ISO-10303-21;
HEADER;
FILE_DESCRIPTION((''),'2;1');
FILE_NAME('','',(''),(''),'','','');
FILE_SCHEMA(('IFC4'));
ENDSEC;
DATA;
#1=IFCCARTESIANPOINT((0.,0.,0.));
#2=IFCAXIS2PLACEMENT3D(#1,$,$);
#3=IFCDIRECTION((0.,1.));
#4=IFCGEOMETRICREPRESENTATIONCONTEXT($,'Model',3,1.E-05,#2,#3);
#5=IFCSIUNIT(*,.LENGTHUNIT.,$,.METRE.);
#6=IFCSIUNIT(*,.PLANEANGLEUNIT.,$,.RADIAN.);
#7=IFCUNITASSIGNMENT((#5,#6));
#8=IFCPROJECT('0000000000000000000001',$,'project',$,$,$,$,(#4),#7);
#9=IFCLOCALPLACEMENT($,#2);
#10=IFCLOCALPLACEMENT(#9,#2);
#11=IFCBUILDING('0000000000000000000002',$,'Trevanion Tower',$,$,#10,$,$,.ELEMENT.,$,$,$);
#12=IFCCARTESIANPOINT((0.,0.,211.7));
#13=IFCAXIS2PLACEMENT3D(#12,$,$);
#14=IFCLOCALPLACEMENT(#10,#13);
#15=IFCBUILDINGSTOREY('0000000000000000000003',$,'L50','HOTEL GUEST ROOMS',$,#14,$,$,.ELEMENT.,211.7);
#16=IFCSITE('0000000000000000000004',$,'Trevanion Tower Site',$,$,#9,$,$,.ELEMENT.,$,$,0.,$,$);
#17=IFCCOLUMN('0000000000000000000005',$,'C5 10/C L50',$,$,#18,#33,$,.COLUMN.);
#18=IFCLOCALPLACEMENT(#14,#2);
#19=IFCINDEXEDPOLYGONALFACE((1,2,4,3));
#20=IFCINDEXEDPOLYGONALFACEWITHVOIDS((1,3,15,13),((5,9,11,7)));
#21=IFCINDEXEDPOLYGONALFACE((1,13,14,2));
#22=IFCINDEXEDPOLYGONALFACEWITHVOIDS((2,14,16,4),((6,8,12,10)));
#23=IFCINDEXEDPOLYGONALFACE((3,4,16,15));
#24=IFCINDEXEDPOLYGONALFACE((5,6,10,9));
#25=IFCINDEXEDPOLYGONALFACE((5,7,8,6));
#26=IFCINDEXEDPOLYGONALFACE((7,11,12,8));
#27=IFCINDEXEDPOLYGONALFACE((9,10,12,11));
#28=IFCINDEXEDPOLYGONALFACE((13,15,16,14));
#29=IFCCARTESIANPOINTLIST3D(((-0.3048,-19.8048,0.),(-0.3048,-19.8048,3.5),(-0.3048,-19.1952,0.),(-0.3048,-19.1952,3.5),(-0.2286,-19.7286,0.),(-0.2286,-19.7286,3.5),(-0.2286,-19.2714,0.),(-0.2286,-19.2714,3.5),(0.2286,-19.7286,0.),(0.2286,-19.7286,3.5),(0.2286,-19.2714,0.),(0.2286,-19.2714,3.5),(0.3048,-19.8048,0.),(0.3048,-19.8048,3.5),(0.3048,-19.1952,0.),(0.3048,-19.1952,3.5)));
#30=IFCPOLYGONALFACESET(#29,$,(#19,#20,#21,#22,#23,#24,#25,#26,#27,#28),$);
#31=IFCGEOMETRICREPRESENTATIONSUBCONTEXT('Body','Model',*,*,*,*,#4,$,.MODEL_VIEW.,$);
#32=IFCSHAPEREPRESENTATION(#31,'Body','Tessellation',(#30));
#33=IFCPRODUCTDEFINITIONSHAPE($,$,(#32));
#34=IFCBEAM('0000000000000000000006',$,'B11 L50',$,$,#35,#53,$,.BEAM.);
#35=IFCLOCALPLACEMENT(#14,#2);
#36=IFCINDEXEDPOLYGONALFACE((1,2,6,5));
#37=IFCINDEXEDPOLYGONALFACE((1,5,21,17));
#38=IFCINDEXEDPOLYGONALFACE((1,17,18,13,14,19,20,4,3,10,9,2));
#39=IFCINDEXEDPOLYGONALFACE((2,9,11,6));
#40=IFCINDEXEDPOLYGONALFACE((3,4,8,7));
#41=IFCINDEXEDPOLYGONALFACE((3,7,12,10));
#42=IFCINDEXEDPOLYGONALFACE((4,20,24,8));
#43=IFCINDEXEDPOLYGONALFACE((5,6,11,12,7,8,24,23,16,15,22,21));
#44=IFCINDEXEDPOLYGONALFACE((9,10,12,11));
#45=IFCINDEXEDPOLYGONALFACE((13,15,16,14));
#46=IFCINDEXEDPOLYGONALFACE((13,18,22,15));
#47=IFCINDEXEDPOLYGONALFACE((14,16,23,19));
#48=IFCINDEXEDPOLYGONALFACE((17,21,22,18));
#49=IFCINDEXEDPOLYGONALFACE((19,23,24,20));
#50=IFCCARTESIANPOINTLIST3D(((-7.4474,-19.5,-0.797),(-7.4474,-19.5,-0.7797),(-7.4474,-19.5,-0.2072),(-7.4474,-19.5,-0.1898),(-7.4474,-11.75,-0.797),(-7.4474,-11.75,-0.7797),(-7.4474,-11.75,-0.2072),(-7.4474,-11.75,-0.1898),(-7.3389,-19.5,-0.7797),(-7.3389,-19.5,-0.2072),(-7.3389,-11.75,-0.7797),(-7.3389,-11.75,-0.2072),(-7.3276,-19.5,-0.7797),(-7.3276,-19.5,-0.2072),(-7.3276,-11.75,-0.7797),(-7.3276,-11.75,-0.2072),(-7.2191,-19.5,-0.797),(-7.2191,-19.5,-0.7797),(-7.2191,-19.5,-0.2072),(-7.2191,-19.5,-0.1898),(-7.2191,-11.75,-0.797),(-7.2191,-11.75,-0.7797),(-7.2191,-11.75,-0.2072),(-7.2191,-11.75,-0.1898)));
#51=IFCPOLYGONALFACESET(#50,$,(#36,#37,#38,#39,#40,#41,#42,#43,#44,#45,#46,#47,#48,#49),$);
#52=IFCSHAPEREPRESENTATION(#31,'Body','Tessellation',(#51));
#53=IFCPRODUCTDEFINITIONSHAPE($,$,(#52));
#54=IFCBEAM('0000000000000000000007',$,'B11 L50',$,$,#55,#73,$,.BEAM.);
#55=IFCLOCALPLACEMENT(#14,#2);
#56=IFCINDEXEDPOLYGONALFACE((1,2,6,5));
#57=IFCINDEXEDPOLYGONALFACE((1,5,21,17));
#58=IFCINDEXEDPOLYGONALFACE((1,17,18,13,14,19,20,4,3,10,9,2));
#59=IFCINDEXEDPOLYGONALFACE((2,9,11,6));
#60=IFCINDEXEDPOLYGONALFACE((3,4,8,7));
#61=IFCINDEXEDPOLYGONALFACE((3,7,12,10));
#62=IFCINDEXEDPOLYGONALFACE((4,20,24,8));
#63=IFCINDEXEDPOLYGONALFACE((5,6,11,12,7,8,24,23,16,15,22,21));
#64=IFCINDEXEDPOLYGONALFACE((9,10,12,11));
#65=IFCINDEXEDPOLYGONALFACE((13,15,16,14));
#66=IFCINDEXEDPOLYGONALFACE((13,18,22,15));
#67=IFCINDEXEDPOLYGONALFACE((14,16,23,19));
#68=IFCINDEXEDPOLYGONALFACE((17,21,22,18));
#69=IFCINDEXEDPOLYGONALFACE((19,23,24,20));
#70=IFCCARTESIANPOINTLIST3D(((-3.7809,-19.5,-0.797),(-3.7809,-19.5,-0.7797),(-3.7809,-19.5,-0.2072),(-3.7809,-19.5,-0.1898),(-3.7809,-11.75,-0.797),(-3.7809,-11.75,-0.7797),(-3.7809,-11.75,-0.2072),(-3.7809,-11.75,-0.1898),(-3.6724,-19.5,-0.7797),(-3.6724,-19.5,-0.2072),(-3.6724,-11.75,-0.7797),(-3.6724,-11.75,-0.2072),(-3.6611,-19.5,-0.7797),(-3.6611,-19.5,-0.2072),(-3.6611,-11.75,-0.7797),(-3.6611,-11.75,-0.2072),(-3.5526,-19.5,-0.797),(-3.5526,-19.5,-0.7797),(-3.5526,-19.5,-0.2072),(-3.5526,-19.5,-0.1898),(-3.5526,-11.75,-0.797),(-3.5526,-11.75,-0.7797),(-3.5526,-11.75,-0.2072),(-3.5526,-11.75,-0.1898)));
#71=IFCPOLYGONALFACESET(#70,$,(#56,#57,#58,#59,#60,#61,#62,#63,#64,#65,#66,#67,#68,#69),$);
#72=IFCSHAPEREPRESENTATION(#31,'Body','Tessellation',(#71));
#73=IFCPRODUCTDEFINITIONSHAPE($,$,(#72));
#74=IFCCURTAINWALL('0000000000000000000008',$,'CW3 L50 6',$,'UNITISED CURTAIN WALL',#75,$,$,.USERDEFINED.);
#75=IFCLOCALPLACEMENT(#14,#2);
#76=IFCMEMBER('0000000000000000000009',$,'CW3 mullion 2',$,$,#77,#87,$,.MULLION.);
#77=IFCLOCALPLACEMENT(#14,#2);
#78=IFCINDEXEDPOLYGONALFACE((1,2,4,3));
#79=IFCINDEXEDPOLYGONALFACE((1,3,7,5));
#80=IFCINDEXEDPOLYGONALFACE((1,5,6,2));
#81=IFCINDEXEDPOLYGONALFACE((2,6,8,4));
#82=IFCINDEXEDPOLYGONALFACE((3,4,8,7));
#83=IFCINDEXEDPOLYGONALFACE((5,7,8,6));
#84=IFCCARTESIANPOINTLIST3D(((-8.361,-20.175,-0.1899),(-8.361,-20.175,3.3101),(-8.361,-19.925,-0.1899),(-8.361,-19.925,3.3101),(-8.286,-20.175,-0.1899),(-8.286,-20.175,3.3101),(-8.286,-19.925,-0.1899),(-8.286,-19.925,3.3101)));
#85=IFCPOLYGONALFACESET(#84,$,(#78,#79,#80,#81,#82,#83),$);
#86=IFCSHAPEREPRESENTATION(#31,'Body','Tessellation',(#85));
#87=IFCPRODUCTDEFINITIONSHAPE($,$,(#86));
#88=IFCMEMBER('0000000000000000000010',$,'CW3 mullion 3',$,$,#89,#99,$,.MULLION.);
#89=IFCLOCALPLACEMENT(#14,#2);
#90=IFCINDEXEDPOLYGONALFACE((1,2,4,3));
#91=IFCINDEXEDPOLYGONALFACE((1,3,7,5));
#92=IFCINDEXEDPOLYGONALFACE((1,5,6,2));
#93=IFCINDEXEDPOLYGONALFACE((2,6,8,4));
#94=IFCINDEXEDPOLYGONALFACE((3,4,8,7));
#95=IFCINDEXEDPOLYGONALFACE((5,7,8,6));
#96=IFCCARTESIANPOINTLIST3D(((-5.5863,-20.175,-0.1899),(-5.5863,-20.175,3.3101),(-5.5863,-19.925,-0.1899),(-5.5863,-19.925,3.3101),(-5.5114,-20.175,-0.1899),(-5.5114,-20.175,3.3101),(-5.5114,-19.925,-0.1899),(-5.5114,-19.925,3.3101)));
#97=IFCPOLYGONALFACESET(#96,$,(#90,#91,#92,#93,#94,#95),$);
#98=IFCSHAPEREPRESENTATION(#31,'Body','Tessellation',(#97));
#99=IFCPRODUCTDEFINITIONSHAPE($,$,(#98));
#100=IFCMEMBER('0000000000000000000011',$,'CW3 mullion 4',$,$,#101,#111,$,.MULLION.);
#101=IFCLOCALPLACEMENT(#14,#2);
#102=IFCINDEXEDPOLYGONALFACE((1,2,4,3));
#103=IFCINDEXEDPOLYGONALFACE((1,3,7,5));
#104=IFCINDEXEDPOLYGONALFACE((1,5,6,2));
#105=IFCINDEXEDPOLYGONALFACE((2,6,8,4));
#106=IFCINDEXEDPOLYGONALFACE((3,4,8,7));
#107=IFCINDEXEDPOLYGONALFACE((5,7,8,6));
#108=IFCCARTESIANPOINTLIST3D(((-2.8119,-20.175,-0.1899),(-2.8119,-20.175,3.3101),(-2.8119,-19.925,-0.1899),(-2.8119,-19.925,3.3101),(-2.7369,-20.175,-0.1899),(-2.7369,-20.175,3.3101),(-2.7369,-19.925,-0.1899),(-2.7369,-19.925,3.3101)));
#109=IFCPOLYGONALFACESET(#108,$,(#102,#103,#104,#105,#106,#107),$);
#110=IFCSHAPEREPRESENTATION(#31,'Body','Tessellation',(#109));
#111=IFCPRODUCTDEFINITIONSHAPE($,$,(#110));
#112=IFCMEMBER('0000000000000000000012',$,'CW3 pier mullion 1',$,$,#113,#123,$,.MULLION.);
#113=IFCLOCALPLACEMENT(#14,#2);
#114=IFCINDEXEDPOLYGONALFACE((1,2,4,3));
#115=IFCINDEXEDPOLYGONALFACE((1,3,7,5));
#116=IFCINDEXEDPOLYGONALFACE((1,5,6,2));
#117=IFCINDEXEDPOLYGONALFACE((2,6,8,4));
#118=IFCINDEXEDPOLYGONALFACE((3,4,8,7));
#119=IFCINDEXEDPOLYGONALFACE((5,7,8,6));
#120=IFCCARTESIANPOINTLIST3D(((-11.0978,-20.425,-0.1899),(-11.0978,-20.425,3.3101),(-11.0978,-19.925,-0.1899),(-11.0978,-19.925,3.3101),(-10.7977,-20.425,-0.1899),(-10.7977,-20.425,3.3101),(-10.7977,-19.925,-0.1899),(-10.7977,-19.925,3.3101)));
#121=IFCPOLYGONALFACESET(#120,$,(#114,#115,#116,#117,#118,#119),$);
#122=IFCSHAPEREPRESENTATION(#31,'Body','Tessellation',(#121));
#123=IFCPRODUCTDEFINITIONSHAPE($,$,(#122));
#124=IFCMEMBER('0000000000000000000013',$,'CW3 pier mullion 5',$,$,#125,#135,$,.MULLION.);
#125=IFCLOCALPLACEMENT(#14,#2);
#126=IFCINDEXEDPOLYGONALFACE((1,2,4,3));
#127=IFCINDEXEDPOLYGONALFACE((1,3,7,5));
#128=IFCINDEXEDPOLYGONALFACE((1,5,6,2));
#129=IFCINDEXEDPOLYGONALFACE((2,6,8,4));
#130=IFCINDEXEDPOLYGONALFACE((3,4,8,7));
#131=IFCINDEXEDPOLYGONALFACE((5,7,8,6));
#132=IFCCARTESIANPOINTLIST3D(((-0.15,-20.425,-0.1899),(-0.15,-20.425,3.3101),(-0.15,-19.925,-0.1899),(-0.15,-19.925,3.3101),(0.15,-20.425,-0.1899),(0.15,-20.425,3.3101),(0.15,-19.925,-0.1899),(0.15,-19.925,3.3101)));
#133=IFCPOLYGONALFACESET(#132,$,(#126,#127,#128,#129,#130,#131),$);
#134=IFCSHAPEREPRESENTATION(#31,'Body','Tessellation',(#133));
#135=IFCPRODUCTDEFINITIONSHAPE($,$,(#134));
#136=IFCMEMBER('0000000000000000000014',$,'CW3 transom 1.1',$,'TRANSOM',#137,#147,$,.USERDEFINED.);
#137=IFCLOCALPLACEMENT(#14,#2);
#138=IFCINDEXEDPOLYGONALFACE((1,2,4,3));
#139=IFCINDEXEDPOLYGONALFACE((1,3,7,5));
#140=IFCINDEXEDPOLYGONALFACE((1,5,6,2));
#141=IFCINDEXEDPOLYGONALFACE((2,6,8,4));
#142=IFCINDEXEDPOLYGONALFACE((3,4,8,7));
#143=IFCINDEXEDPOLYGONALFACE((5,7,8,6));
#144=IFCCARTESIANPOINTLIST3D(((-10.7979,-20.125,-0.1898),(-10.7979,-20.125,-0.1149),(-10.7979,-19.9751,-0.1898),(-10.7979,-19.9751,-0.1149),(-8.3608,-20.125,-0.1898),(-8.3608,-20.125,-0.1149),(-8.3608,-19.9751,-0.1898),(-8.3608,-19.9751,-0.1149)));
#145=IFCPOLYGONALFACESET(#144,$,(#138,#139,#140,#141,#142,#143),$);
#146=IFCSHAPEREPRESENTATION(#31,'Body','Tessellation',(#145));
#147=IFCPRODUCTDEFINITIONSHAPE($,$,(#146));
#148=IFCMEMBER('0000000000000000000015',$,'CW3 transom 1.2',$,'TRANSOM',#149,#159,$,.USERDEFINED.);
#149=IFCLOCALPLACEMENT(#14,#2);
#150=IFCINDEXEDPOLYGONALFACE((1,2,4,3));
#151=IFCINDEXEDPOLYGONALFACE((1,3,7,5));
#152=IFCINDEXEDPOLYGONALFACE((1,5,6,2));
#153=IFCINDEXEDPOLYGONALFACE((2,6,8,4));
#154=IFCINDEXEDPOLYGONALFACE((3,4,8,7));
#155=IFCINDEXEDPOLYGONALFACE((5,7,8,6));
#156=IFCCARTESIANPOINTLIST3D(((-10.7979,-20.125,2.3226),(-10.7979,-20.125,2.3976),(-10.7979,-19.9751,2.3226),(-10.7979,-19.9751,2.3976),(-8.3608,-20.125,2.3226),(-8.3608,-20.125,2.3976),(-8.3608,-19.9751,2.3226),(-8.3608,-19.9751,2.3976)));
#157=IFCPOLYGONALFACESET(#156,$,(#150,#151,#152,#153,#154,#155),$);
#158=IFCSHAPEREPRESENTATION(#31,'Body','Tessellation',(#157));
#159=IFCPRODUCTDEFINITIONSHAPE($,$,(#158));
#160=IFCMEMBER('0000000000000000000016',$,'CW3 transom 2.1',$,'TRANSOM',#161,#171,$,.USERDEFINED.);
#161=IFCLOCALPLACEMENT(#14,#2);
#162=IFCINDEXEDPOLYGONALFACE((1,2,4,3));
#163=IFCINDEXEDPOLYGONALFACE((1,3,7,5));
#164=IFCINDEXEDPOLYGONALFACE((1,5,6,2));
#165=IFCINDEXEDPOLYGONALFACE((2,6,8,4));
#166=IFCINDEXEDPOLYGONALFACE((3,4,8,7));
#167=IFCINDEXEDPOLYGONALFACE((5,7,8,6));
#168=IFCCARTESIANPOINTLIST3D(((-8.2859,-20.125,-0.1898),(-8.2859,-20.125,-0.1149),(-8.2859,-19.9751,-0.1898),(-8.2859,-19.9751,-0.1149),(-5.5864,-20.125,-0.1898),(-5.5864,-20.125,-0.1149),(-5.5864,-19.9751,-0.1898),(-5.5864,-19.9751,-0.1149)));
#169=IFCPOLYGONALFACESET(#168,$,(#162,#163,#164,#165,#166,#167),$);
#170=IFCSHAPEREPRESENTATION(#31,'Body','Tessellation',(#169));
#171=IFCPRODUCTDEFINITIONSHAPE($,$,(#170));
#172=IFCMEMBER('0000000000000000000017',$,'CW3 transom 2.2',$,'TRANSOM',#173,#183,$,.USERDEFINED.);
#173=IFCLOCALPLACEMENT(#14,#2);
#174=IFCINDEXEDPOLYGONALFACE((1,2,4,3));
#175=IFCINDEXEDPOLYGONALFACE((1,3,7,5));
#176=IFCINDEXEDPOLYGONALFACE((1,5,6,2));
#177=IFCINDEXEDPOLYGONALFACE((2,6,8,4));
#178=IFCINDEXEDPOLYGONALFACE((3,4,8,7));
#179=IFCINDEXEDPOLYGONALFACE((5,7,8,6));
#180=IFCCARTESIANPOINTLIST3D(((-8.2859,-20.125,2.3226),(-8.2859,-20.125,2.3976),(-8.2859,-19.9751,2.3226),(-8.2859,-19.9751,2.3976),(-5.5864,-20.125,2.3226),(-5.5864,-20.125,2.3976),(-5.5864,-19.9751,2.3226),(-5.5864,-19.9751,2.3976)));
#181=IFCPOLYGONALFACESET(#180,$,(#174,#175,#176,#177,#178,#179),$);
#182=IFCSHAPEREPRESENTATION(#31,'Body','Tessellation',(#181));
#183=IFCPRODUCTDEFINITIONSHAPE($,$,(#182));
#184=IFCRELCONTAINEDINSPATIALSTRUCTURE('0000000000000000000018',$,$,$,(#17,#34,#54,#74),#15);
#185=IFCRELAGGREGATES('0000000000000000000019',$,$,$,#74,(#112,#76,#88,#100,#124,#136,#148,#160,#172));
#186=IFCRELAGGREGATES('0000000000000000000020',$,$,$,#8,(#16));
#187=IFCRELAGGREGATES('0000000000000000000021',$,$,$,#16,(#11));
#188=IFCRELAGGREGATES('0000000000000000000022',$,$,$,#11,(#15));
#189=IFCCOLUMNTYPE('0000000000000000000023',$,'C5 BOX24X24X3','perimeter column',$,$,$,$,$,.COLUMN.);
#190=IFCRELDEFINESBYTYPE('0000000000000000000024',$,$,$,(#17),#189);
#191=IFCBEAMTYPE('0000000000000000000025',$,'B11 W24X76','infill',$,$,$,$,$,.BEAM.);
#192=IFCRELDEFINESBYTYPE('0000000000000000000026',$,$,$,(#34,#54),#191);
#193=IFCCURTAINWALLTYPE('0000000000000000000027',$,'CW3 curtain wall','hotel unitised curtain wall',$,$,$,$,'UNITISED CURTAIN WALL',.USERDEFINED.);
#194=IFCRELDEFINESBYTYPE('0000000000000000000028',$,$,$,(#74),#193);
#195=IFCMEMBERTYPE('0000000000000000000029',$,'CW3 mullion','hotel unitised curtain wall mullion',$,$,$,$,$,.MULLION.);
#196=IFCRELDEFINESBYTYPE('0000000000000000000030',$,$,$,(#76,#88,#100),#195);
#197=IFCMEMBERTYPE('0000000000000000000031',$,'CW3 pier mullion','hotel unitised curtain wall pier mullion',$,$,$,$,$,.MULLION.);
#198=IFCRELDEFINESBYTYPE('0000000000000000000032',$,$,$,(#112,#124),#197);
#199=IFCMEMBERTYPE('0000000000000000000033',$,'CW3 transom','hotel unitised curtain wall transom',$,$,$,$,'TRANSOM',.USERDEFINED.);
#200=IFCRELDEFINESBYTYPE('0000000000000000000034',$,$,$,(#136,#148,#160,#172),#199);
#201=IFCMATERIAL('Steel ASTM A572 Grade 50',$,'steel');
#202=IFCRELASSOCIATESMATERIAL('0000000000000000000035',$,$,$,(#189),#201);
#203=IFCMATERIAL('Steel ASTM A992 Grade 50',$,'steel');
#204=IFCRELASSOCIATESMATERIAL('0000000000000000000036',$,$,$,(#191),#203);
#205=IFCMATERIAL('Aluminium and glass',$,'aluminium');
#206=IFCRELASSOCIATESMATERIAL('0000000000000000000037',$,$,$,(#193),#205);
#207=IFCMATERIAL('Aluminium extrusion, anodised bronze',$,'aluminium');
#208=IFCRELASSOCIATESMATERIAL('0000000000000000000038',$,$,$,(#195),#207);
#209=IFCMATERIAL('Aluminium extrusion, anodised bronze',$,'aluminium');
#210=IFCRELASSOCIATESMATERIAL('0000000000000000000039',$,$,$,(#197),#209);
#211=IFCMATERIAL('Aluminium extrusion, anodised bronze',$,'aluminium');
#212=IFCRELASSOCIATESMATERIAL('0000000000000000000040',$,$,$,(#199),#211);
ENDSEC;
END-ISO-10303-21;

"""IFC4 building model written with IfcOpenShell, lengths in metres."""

from ifc_helpers import new_model, si_unit, direction, frame, origin, origin_2d, place, context, subcontext, project, spatial, rectangle, hollow_rectangle, i_section, extrude, material, material_profile, profile_set, type_object, element, aggregate, save


model = new_model("IFC4")

# Units and contexts
model_context = context("Model", 3, precision=1e-05, world=origin(), true_north=direction((0.0, 1.0)))
body_context = subcontext(model_context, "Body", "Model", "MODEL_VIEW")
ifc_project = project(units=[si_unit("LENGTHUNIT", "METRE"), si_unit("PLANEANGLEUNIT", "RADIAN")], contexts=[model_context])

# Site, building, storey
site_placement = place(None, origin())
site = spatial("IfcSite", under=ifc_project, at=site_placement, Name="Trevanion Tower Site", CompositionType="ELEMENT", RefElevation=0.0)
building_placement = place(site_placement, origin())
building = spatial("IfcBuilding", under=site, at=building_placement, Name="Trevanion Tower", CompositionType="ELEMENT")
storey_placement = place(building_placement, frame((0.0, 0.0, 211.7)))
storey = spatial("IfcBuildingStorey", under=building, at=storey_placement, Name="L50", Description="HOTEL GUEST ROOMS", CompositionType="ELEMENT", Elevation=211.7)

# Column
ifc_material_1 = material(Name="Steel ASTM A572 Grade 50", Category="steel")
ifc_material_profile_1 = material_profile(ifc_material_1, hollow_rectangle(XDim=0.6096, YDim=0.6096, WallThickness=0.0762, at=origin_2d()), Name="BOX24X24X3")
ifc_profile_set_1 = profile_set([ifc_material_profile_1], Name="Steel ASTM A572 Grade 50")
column_type = type_object("IfcColumnType", Name="C5 BOX24X24X3", Description="perimeter column", PredefinedType="COLUMN", material=ifc_profile_set_1)
column_placement = place(storey_placement, frame((0.0, -19.5, 0.0), z_axis=(0.0, 0.0, 1.0), x_axis=(1.0, 0.0, 0.0)))
element("IfcColumn", 1, at=column_placement, inside=storey, type_object=column_type, Name="C5 10/C L50", PredefinedType="COLUMN", context=body_context, shape_type="SweptSolid", body=[
    extrude(hollow_rectangle(XDim=0.6096, YDim=0.6096, WallThickness=0.0762, at=origin_2d()), origin(), (0.0, 0.0, 1.0), 3.5),
])

# Beams
ifc_material_2 = material(Name="Steel ASTM A992 Grade 50", Category="steel")
ifc_material_profile_2 = material_profile(ifc_material_2, i_section(OverallWidth=0.2283, OverallDepth=0.6072, WebThickness=0.0112, FlangeThickness=0.0173, at=origin_2d()), Name="W24X76")
ifc_profile_set_2 = profile_set([ifc_material_profile_2], Name="Steel ASTM A992 Grade 50")
beam_type_1 = type_object("IfcBeamType", Name="B11 W24X76", Description="infill", PredefinedType="BEAM", material=ifc_profile_set_2)
for number, where, z_axis, x_axis, name in (
    (2, (-7.3333, -11.75, -0.4934), (0.0, -1.0, 0.0), (1.0, 0.0, 0.0), "B11 L50"),
    (3, (-3.6667, -11.75, -0.4934), (0.0, -1.0, 0.0), (1.0, 0.0, 0.0), "B11 L50"),
):
    element("IfcBeam", number, at=place(storey_placement, frame(where, z_axis=z_axis, x_axis=x_axis)), inside=storey, type_object=beam_type_1, Name=name, PredefinedType="BEAM", context=body_context, shape_type="SweptSolid", body=[
        extrude(i_section(OverallWidth=0.2283, OverallDepth=0.6072, WebThickness=0.0112, FlangeThickness=0.0173, at=origin_2d()), origin(), (0.0, 0.0, 1.0), 7.75),
    ])

# Curtain wall, members
ifc_material_3 = material(Name="Aluminium and glass", Category="aluminium")
curtain_wall_type = type_object("IfcCurtainWallType", Name="CW3 curtain wall", Description="hotel unitised curtain wall", ElementType="UNITISED CURTAIN WALL", PredefinedType="USERDEFINED", material=ifc_material_3)
curtain_wall_placement = place(storey_placement, origin())
curtain_wall = element("IfcCurtainWall", 4, at=curtain_wall_placement, inside=storey, type_object=curtain_wall_type, Name="CW3 L50 6", ObjectType="UNITISED CURTAIN WALL", PredefinedType="USERDEFINED")
ifc_material_4 = material(Name="Aluminium extrusion, anodised bronze", Category="aluminium")
ifc_material_profile_3 = material_profile(ifc_material_4, rectangle(XDim=0.075, YDim=0.25, at=origin_2d()), Name="CW3 mullion")
ifc_profile_set_3 = profile_set([ifc_material_profile_3], Name="Aluminium extrusion, anodised bronze")
member_type_1 = type_object("IfcMemberType", Name="CW3 mullion", Description="hotel unitised curtain wall mullion", PredefinedType="MULLION", material=ifc_profile_set_3)
member_1_placement = place(storey_placement, frame((-8.3235, -20.05, -0.1899), z_axis=(0.0, 0.0, 1.0), x_axis=(1.0, 0.0, 0.0)))
member_1 = element("IfcMember", 5, at=member_1_placement, type_object=member_type_1, Name="CW3 mullion 2", PredefinedType="MULLION", context=body_context, shape_type="SweptSolid", body=[
    extrude(rectangle(XDim=0.075, YDim=0.25, at=origin_2d()), origin(), (0.0, 0.0, 1.0), 3.5),
])
member_2_placement = place(storey_placement, frame((-5.5488, -20.05, -0.1899), z_axis=(0.0, 0.0, 1.0), x_axis=(1.0, 0.0, 0.0)))
member_2 = element("IfcMember", 6, at=member_2_placement, type_object=member_type_1, Name="CW3 mullion 3", PredefinedType="MULLION", context=body_context, shape_type="SweptSolid", body=[
    extrude(rectangle(XDim=0.075, YDim=0.25, at=origin_2d()), origin(), (0.0, 0.0, 1.0), 3.5),
])
member_3_placement = place(storey_placement, frame((-2.7744, -20.05, -0.1899), z_axis=(0.0, 0.0, 1.0), x_axis=(1.0, 0.0, 0.0)))
member_3 = element("IfcMember", 7, at=member_3_placement, type_object=member_type_1, Name="CW3 mullion 4", PredefinedType="MULLION", context=body_context, shape_type="SweptSolid", body=[
    extrude(rectangle(XDim=0.075, YDim=0.25, at=origin_2d()), origin(), (0.0, 0.0, 1.0), 3.5),
])
ifc_material_5 = material(Name="Aluminium extrusion, anodised bronze", Category="aluminium")
ifc_material_profile_4 = material_profile(ifc_material_5, rectangle(XDim=0.3, YDim=0.5, at=origin_2d()), Name="CW3 pier mullion")
ifc_profile_set_4 = profile_set([ifc_material_profile_4], Name="Aluminium extrusion, anodised bronze")
member_type_2 = type_object("IfcMemberType", Name="CW3 pier mullion", Description="hotel unitised curtain wall pier mullion", PredefinedType="MULLION", material=ifc_profile_set_4)
member_4_placement = place(storey_placement, frame((-10.9478, -20.175, -0.1899), z_axis=(0.0, 0.0, 1.0), x_axis=(1.0, 0.0, 0.0)))
member_4 = element("IfcMember", 8, at=member_4_placement, type_object=member_type_2, Name="CW3 pier mullion 1", PredefinedType="MULLION", context=body_context, shape_type="SweptSolid", body=[
    extrude(rectangle(XDim=0.3, YDim=0.5, at=origin_2d()), origin(), (0.0, 0.0, 1.0), 3.5),
])
member_5_placement = place(storey_placement, frame((0.0, -20.175, -0.1899), z_axis=(0.0, 0.0, 1.0), x_axis=(1.0, 0.0, 0.0)))
member_5 = element("IfcMember", 9, at=member_5_placement, type_object=member_type_2, Name="CW3 pier mullion 5", PredefinedType="MULLION", context=body_context, shape_type="SweptSolid", body=[
    extrude(rectangle(XDim=0.3, YDim=0.5, at=origin_2d()), origin(), (0.0, 0.0, 1.0), 3.5),
])
ifc_material_6 = material(Name="Aluminium extrusion, anodised bronze", Category="aluminium")
ifc_material_profile_5 = material_profile(ifc_material_6, rectangle(XDim=0.1499, YDim=0.075, at=origin_2d()), Name="CW3 transom")
ifc_profile_set_5 = profile_set([ifc_material_profile_5], Name="Aluminium extrusion, anodised bronze")
member_type_3 = type_object("IfcMemberType", Name="CW3 transom", Description="hotel unitised curtain wall transom", ElementType="TRANSOM", PredefinedType="USERDEFINED", material=ifc_profile_set_5)
member_6_placement = place(storey_placement, frame((-10.7979, -20.05, -0.1523), z_axis=(1.0, 0.0, 0.0), x_axis=(0.0, 1.0, 0.0)))
member_6 = element("IfcMember", 10, at=member_6_placement, type_object=member_type_3, Name="CW3 transom 1.1", ObjectType="TRANSOM", PredefinedType="USERDEFINED", context=body_context, shape_type="SweptSolid", body=[
    extrude(rectangle(XDim=0.1499, YDim=0.075, at=origin_2d()), origin(), (0.0, 0.0, 1.0), 2.437),
])
member_7_placement = place(storey_placement, frame((-10.7979, -20.05, 2.3601), z_axis=(1.0, 0.0, 0.0), x_axis=(0.0, 1.0, 0.0)))
member_7 = element("IfcMember", 11, at=member_7_placement, type_object=member_type_3, Name="CW3 transom 1.2", ObjectType="TRANSOM", PredefinedType="USERDEFINED", context=body_context, shape_type="SweptSolid", body=[
    extrude(rectangle(XDim=0.1499, YDim=0.075, at=origin_2d()), origin(), (0.0, 0.0, 1.0), 2.437),
])
member_8_placement = place(storey_placement, frame((-8.2859, -20.05, -0.1523), z_axis=(1.0, 0.0, 0.0), x_axis=(0.0, 1.0, 0.0)))
member_8 = element("IfcMember", 12, at=member_8_placement, type_object=member_type_3, Name="CW3 transom 2.1", ObjectType="TRANSOM", PredefinedType="USERDEFINED", context=body_context, shape_type="SweptSolid", body=[
    extrude(rectangle(XDim=0.1499, YDim=0.075, at=origin_2d()), origin(), (0.0, 0.0, 1.0), 2.6995),
])
member_9_placement = place(storey_placement, frame((-8.2859, -20.05, 2.3601), z_axis=(1.0, 0.0, 0.0), x_axis=(0.0, 1.0, 0.0)))
member_9 = element("IfcMember", 13, at=member_9_placement, type_object=member_type_3, Name="CW3 transom 2.2", ObjectType="TRANSOM", PredefinedType="USERDEFINED", context=body_context, shape_type="SweptSolid", body=[
    extrude(rectangle(XDim=0.1499, YDim=0.075, at=origin_2d()), origin(), (0.0, 0.0, 1.0), 2.6995),
])

aggregate(curtain_wall, [member_4, member_1, member_2, member_3, member_5, member_6, member_7, member_8, member_9])

save(model, "model.ifc")
